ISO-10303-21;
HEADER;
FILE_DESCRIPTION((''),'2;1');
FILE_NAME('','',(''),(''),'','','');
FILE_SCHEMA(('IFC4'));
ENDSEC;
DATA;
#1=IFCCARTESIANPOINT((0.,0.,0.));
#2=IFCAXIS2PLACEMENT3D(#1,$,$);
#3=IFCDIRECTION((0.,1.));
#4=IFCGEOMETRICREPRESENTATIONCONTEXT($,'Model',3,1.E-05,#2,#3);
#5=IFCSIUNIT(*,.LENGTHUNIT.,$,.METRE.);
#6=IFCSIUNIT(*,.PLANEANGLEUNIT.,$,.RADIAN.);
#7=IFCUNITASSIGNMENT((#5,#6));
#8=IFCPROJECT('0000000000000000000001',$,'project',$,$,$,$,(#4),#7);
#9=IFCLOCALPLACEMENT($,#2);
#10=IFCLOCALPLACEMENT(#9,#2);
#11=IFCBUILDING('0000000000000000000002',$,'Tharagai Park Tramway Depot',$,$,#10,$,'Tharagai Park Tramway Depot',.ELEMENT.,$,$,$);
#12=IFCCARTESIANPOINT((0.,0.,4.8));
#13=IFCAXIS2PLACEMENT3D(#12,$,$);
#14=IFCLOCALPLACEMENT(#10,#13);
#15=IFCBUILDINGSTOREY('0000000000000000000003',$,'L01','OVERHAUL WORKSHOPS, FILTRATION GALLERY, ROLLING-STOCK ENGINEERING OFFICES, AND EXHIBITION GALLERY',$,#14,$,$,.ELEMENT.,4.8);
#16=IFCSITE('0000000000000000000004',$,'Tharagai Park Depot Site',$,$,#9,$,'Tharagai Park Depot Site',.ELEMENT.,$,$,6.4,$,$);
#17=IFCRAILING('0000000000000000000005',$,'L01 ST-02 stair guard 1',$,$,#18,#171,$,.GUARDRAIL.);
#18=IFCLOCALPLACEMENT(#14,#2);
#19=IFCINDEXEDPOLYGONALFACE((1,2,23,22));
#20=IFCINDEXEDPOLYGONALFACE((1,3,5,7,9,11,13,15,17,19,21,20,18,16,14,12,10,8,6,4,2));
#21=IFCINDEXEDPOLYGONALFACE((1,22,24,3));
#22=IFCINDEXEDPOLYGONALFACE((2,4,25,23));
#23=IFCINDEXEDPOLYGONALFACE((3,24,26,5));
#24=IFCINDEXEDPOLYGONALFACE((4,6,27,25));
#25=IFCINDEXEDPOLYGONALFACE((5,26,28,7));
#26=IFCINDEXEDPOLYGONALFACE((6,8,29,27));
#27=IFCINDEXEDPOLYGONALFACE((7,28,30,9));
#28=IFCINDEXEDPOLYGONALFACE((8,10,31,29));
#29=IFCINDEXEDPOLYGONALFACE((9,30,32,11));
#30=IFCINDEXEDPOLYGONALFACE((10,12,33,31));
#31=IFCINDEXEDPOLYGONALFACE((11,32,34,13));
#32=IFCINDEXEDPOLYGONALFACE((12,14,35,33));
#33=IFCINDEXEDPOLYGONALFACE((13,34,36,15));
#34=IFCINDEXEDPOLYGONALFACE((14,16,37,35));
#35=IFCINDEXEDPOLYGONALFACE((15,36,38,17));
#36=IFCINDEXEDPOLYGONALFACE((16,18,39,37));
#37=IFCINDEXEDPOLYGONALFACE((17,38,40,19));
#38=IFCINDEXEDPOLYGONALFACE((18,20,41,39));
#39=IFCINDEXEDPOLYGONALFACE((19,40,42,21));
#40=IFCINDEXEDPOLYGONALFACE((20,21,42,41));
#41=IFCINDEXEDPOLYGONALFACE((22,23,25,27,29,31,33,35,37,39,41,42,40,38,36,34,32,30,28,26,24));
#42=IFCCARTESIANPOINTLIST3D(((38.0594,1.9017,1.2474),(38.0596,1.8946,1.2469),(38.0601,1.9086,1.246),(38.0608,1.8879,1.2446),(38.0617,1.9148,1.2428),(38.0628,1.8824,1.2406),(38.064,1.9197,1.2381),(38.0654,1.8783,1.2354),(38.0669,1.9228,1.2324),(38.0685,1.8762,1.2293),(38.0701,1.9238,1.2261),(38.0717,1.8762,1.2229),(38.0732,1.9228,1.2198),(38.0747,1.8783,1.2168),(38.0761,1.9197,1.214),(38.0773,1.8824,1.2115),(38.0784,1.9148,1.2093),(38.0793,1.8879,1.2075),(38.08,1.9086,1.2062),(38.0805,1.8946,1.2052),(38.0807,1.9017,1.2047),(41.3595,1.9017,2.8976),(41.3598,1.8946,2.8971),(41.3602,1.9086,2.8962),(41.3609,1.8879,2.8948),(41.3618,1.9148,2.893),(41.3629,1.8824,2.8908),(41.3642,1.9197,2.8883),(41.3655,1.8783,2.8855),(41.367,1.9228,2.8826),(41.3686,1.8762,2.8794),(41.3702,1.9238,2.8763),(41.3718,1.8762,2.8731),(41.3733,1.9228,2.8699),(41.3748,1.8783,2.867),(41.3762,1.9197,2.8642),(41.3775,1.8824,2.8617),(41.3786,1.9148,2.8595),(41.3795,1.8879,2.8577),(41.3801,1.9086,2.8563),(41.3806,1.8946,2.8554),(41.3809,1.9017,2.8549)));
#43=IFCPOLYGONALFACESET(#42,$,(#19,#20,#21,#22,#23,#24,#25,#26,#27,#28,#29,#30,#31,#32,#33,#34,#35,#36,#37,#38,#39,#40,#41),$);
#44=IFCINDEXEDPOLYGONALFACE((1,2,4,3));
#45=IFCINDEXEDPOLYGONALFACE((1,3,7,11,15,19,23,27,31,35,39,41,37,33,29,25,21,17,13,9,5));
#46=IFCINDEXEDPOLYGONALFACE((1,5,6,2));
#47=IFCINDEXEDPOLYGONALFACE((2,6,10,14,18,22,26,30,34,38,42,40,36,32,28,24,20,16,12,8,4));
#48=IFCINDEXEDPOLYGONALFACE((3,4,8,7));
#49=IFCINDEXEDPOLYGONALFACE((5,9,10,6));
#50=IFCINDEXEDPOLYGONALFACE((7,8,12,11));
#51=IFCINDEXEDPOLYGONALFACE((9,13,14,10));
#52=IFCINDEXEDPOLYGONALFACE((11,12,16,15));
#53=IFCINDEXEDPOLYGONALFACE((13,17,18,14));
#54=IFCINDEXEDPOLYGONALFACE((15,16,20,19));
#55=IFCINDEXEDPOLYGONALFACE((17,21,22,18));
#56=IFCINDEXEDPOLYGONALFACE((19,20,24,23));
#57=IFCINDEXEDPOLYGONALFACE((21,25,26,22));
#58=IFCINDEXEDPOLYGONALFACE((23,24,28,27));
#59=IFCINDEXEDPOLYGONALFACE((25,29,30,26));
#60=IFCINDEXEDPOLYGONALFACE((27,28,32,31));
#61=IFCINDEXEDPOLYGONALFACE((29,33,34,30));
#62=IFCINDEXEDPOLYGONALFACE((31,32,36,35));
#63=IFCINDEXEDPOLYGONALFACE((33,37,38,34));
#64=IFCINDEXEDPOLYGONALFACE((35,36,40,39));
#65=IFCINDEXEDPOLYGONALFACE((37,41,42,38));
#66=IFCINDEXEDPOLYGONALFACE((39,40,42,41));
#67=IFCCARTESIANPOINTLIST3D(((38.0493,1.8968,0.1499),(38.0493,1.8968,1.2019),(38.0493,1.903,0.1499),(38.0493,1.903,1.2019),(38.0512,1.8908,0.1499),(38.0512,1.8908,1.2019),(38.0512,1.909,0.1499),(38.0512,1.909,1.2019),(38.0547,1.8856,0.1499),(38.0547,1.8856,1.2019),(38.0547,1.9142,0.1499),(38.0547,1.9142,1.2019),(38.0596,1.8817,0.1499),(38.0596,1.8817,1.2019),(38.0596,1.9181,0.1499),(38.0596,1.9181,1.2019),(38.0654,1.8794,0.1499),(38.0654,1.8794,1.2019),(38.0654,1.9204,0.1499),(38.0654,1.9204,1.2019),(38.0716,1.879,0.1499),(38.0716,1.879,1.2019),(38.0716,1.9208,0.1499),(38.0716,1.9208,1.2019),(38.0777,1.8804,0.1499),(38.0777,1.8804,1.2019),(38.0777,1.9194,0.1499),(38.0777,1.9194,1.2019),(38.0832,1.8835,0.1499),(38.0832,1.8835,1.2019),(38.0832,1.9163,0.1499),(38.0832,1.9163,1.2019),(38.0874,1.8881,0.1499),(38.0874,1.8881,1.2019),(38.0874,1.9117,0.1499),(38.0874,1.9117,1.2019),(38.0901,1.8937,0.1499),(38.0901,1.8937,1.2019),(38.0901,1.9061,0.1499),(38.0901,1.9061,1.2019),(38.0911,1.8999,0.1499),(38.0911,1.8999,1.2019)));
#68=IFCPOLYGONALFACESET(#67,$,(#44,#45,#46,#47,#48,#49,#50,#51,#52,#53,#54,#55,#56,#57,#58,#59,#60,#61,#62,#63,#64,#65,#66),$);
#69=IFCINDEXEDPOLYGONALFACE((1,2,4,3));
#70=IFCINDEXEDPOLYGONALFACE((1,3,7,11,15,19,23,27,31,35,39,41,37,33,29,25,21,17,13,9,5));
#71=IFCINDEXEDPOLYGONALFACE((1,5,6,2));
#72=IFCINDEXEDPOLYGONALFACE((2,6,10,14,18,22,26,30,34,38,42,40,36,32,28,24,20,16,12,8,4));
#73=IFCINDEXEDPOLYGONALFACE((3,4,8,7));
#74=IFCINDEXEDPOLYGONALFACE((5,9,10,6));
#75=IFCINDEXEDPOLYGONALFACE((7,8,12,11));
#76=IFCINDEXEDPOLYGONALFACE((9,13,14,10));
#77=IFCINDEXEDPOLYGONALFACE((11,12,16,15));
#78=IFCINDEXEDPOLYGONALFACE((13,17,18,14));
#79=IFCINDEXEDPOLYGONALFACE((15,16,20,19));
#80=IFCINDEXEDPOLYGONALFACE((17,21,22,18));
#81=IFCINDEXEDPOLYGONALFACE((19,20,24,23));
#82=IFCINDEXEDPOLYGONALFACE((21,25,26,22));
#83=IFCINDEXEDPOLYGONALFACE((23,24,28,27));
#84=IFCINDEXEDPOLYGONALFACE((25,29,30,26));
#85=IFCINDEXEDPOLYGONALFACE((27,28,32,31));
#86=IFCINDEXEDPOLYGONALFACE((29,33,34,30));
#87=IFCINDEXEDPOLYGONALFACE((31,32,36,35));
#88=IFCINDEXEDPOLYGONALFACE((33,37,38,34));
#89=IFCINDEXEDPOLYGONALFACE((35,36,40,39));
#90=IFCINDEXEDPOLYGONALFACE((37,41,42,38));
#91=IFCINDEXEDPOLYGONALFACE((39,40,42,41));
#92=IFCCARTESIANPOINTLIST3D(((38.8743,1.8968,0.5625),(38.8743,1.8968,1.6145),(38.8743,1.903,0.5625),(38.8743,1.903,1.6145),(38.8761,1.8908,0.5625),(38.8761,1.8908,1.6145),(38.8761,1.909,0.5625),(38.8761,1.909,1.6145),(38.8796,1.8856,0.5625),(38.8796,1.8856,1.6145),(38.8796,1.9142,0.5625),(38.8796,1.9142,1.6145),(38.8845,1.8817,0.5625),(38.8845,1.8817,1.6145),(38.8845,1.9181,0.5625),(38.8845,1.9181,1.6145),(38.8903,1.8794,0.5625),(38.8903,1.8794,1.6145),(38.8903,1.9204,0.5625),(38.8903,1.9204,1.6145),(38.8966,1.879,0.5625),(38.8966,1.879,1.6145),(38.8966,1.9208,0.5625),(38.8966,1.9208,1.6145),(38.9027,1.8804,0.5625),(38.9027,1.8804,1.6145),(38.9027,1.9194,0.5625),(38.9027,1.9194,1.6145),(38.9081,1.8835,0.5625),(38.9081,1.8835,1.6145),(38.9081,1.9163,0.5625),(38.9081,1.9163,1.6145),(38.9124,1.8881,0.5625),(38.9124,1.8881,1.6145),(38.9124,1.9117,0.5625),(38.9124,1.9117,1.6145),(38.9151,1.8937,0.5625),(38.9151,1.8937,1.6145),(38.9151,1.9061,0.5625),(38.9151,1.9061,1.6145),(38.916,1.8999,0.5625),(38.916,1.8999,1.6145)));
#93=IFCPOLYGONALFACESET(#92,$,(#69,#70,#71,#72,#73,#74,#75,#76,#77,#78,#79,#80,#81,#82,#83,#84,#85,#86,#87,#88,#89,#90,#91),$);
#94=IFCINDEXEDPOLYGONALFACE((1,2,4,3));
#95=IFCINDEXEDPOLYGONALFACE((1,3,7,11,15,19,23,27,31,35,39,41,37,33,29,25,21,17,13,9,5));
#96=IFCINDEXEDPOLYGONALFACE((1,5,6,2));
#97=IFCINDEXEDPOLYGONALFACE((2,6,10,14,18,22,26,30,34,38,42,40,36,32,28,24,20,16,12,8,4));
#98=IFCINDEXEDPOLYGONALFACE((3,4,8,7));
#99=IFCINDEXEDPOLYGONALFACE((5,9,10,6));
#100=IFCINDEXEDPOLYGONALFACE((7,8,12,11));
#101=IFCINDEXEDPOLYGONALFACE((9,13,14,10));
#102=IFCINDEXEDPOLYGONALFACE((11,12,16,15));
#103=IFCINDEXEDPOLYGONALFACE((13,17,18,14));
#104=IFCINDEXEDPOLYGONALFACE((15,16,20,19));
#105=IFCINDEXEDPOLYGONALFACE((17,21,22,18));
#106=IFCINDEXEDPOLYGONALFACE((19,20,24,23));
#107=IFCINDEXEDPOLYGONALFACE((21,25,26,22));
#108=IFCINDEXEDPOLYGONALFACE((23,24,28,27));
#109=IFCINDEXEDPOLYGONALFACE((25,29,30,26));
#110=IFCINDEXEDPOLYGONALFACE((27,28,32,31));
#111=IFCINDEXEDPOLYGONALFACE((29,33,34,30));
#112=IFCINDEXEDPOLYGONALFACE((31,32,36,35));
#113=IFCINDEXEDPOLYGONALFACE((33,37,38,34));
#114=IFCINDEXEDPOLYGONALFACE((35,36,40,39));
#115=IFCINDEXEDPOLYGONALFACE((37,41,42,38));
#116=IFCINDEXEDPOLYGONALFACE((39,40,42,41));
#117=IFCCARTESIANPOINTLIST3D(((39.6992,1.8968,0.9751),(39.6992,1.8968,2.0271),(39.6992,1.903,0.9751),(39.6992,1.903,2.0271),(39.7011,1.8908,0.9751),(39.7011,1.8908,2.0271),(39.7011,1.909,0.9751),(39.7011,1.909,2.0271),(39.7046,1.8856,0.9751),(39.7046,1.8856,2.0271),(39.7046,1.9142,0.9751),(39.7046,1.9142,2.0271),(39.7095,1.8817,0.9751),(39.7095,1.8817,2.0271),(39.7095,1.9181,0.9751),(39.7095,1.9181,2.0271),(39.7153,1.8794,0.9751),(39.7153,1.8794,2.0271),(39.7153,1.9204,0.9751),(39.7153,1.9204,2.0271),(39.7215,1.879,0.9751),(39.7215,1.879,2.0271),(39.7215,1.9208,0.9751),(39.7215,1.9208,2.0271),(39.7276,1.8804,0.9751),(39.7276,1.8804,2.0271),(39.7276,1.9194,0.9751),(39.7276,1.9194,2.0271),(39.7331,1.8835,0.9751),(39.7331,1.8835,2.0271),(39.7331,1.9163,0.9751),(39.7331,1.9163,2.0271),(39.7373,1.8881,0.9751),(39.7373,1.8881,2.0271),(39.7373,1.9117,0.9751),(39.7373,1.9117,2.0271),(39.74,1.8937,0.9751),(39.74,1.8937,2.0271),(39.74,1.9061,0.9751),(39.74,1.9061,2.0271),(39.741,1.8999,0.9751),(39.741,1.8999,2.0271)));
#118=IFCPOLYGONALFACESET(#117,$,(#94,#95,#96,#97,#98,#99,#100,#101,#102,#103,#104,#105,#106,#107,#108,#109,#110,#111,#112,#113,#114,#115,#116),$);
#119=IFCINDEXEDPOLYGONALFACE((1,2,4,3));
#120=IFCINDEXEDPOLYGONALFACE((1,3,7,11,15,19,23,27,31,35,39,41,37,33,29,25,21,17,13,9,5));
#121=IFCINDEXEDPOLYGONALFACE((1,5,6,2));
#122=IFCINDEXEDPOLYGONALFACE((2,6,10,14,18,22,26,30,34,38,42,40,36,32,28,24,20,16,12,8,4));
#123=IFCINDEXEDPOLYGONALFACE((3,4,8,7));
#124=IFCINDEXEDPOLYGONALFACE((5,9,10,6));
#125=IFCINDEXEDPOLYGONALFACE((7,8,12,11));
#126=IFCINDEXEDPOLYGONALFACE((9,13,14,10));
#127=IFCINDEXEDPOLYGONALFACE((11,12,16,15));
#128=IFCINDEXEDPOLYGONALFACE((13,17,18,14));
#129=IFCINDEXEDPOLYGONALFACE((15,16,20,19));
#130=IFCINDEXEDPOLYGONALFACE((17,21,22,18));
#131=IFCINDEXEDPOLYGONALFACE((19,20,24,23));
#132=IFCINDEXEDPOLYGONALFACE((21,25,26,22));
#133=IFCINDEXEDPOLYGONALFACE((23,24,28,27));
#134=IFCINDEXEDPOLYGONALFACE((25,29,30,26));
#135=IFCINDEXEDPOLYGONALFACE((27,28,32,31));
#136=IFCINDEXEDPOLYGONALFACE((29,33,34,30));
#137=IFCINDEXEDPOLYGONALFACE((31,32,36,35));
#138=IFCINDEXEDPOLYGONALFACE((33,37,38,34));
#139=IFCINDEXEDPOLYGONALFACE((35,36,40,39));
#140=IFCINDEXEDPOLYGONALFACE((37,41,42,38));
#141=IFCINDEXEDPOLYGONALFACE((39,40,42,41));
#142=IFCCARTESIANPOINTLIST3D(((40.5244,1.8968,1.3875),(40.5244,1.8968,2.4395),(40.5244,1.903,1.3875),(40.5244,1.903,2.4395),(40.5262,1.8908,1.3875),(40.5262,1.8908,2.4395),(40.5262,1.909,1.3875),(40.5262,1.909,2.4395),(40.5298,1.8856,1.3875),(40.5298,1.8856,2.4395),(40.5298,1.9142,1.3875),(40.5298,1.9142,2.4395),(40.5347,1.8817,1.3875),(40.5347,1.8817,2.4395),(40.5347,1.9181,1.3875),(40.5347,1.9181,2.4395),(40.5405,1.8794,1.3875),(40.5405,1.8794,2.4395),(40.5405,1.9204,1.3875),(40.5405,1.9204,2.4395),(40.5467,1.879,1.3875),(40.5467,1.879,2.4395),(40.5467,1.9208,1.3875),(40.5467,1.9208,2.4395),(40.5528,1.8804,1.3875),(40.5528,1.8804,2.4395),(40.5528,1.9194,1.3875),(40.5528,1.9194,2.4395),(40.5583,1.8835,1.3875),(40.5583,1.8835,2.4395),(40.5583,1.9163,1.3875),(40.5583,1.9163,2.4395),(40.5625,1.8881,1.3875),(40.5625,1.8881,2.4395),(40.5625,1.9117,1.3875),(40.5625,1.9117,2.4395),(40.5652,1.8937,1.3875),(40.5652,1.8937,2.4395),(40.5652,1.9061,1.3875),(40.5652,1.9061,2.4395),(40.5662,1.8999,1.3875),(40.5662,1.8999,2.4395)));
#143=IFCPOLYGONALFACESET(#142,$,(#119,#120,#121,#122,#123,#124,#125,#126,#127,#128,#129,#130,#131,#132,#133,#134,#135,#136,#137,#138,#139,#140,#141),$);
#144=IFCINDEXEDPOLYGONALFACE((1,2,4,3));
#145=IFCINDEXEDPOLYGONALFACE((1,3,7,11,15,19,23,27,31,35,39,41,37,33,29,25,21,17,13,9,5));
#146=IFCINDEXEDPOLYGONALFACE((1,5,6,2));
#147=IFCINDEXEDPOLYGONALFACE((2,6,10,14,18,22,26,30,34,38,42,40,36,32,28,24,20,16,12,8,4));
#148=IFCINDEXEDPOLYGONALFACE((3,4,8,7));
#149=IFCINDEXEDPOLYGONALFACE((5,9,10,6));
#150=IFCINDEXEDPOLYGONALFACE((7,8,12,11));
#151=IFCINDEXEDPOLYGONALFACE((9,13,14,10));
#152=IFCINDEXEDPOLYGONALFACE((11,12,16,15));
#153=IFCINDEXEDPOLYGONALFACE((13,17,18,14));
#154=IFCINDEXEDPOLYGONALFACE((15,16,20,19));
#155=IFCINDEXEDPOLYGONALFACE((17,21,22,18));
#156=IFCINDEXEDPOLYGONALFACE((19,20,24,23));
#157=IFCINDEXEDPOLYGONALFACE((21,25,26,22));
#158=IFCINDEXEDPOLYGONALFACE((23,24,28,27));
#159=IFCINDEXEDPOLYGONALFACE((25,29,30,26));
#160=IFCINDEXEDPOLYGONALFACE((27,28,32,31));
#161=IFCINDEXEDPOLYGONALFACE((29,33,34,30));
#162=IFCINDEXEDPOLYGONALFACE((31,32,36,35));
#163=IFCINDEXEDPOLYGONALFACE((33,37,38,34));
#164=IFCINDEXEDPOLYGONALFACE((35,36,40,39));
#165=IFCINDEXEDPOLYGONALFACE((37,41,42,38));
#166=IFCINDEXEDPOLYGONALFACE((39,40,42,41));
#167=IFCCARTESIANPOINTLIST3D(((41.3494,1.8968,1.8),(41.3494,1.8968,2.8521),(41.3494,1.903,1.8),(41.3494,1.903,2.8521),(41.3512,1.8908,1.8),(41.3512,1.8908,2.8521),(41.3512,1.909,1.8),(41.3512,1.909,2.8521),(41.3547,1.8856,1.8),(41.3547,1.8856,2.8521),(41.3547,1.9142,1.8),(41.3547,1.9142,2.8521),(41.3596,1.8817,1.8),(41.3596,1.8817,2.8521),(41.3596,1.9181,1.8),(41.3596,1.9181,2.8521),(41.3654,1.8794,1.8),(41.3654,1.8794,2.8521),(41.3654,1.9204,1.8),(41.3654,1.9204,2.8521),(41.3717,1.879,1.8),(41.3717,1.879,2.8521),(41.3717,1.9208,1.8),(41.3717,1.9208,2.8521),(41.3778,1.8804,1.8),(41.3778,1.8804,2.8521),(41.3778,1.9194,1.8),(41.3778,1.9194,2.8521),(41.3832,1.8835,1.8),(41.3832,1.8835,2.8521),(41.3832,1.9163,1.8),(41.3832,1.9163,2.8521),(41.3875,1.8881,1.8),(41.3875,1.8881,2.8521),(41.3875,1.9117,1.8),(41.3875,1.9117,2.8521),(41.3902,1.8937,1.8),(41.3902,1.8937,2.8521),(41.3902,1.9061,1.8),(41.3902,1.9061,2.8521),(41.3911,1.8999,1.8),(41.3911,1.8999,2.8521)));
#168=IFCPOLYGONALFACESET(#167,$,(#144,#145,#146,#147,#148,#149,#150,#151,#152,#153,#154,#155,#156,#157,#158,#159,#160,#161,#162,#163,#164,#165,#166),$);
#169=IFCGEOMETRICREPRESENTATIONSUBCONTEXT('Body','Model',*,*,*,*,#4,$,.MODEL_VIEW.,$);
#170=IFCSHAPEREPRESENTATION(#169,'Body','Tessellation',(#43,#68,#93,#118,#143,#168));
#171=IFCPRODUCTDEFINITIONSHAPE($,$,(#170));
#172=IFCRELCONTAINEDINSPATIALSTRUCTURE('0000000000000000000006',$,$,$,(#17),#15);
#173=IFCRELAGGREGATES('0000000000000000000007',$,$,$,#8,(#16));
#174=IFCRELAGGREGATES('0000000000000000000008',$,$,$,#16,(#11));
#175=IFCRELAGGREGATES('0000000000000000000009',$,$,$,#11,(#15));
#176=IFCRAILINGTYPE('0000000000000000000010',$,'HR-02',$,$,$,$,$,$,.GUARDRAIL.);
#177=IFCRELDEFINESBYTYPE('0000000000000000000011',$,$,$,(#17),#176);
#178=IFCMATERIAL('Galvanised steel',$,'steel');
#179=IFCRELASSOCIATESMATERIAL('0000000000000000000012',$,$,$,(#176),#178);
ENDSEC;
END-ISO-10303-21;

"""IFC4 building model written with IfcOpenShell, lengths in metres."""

from ifc_helpers import new_model, si_unit, direction, frame, origin, origin_2d, place, context, subcontext, project, spatial, circle, extrude, material, type_object, element, save


model = new_model("IFC4")

# Units and contexts
model_context = context("Model", 3, precision=1e-05, world=origin(), true_north=direction((0.0, 1.0)))
body_context = subcontext(model_context, "Body", "Model", "MODEL_VIEW")
ifc_project = project(units=[si_unit("LENGTHUNIT", "METRE"), si_unit("PLANEANGLEUNIT", "RADIAN")], contexts=[model_context])

# Site, building, storey
site_placement = place(None, origin())
site = spatial("IfcSite", under=ifc_project, at=site_placement, Name="Tharagai Park Depot Site", LongName="Tharagai Park Depot Site", CompositionType="ELEMENT", RefElevation=6.4)
building_placement = place(site_placement, origin())
building = spatial("IfcBuilding", under=site, at=building_placement, Name="Tharagai Park Tramway Depot", LongName="Tharagai Park Tramway Depot", CompositionType="ELEMENT")
storey_placement = place(building_placement, frame((0.0, 0.0, 4.8)))
storey = spatial("IfcBuildingStorey", under=building, at=storey_placement, Name="L01", Description="OVERHAUL WORKSHOPS, FILTRATION GALLERY, ROLLING-STOCK ENGINEERING OFFICES, AND EXHIBITION GALLERY", CompositionType="ELEMENT", Elevation=4.8)

# Railing
ifc_material_1 = material(Name="Galvanised steel", Category="steel")
railing_type_1 = type_object("IfcRailingType", Name="HR-02", PredefinedType="GUARDRAIL", material=ifc_material_1)
railing_1_placement = place(storey_placement, frame((38.0701, 1.8999, 0.1499)))
element("IfcRailing", 1, at=railing_1_placement, inside=storey, type_object=railing_type_1, Name="L01 ST-02 stair guard 1", PredefinedType="GUARDRAIL", context=body_context, shape_type="SweptSolid", body=[
    extrude(circle(Radius=0.0239, at=origin_2d()), frame((0.0, 0.0, 1.0762), z_axis=(0.894414, 0.0, 0.44724), x_axis=(0.0, 1.0, 0.0)), (0.0, 0.0, 1.0), 3.6897),
    extrude(circle(Radius=0.021, at=origin_2d()), origin(), (0.0, 0.0, 1.0), 1.052),
    extrude(circle(Radius=0.021, at=origin_2d()), frame((0.825, 0.0, 0.4126)), (0.0, 0.0, 1.0), 1.052),
    extrude(circle(Radius=0.021, at=origin_2d()), frame((1.6499, 0.0, 0.8252)), (0.0, 0.0, 1.0), 1.052),
    extrude(circle(Radius=0.021, at=origin_2d()), frame((2.4751, 0.0, 1.2375)), (0.0, 0.0, 1.0), 1.052),
    extrude(circle(Radius=0.021, at=origin_2d()), frame((3.3, 0.0, 1.6501)), (0.0, 0.0, 1.0), 1.052),
])

save(model, "model.ifc")
